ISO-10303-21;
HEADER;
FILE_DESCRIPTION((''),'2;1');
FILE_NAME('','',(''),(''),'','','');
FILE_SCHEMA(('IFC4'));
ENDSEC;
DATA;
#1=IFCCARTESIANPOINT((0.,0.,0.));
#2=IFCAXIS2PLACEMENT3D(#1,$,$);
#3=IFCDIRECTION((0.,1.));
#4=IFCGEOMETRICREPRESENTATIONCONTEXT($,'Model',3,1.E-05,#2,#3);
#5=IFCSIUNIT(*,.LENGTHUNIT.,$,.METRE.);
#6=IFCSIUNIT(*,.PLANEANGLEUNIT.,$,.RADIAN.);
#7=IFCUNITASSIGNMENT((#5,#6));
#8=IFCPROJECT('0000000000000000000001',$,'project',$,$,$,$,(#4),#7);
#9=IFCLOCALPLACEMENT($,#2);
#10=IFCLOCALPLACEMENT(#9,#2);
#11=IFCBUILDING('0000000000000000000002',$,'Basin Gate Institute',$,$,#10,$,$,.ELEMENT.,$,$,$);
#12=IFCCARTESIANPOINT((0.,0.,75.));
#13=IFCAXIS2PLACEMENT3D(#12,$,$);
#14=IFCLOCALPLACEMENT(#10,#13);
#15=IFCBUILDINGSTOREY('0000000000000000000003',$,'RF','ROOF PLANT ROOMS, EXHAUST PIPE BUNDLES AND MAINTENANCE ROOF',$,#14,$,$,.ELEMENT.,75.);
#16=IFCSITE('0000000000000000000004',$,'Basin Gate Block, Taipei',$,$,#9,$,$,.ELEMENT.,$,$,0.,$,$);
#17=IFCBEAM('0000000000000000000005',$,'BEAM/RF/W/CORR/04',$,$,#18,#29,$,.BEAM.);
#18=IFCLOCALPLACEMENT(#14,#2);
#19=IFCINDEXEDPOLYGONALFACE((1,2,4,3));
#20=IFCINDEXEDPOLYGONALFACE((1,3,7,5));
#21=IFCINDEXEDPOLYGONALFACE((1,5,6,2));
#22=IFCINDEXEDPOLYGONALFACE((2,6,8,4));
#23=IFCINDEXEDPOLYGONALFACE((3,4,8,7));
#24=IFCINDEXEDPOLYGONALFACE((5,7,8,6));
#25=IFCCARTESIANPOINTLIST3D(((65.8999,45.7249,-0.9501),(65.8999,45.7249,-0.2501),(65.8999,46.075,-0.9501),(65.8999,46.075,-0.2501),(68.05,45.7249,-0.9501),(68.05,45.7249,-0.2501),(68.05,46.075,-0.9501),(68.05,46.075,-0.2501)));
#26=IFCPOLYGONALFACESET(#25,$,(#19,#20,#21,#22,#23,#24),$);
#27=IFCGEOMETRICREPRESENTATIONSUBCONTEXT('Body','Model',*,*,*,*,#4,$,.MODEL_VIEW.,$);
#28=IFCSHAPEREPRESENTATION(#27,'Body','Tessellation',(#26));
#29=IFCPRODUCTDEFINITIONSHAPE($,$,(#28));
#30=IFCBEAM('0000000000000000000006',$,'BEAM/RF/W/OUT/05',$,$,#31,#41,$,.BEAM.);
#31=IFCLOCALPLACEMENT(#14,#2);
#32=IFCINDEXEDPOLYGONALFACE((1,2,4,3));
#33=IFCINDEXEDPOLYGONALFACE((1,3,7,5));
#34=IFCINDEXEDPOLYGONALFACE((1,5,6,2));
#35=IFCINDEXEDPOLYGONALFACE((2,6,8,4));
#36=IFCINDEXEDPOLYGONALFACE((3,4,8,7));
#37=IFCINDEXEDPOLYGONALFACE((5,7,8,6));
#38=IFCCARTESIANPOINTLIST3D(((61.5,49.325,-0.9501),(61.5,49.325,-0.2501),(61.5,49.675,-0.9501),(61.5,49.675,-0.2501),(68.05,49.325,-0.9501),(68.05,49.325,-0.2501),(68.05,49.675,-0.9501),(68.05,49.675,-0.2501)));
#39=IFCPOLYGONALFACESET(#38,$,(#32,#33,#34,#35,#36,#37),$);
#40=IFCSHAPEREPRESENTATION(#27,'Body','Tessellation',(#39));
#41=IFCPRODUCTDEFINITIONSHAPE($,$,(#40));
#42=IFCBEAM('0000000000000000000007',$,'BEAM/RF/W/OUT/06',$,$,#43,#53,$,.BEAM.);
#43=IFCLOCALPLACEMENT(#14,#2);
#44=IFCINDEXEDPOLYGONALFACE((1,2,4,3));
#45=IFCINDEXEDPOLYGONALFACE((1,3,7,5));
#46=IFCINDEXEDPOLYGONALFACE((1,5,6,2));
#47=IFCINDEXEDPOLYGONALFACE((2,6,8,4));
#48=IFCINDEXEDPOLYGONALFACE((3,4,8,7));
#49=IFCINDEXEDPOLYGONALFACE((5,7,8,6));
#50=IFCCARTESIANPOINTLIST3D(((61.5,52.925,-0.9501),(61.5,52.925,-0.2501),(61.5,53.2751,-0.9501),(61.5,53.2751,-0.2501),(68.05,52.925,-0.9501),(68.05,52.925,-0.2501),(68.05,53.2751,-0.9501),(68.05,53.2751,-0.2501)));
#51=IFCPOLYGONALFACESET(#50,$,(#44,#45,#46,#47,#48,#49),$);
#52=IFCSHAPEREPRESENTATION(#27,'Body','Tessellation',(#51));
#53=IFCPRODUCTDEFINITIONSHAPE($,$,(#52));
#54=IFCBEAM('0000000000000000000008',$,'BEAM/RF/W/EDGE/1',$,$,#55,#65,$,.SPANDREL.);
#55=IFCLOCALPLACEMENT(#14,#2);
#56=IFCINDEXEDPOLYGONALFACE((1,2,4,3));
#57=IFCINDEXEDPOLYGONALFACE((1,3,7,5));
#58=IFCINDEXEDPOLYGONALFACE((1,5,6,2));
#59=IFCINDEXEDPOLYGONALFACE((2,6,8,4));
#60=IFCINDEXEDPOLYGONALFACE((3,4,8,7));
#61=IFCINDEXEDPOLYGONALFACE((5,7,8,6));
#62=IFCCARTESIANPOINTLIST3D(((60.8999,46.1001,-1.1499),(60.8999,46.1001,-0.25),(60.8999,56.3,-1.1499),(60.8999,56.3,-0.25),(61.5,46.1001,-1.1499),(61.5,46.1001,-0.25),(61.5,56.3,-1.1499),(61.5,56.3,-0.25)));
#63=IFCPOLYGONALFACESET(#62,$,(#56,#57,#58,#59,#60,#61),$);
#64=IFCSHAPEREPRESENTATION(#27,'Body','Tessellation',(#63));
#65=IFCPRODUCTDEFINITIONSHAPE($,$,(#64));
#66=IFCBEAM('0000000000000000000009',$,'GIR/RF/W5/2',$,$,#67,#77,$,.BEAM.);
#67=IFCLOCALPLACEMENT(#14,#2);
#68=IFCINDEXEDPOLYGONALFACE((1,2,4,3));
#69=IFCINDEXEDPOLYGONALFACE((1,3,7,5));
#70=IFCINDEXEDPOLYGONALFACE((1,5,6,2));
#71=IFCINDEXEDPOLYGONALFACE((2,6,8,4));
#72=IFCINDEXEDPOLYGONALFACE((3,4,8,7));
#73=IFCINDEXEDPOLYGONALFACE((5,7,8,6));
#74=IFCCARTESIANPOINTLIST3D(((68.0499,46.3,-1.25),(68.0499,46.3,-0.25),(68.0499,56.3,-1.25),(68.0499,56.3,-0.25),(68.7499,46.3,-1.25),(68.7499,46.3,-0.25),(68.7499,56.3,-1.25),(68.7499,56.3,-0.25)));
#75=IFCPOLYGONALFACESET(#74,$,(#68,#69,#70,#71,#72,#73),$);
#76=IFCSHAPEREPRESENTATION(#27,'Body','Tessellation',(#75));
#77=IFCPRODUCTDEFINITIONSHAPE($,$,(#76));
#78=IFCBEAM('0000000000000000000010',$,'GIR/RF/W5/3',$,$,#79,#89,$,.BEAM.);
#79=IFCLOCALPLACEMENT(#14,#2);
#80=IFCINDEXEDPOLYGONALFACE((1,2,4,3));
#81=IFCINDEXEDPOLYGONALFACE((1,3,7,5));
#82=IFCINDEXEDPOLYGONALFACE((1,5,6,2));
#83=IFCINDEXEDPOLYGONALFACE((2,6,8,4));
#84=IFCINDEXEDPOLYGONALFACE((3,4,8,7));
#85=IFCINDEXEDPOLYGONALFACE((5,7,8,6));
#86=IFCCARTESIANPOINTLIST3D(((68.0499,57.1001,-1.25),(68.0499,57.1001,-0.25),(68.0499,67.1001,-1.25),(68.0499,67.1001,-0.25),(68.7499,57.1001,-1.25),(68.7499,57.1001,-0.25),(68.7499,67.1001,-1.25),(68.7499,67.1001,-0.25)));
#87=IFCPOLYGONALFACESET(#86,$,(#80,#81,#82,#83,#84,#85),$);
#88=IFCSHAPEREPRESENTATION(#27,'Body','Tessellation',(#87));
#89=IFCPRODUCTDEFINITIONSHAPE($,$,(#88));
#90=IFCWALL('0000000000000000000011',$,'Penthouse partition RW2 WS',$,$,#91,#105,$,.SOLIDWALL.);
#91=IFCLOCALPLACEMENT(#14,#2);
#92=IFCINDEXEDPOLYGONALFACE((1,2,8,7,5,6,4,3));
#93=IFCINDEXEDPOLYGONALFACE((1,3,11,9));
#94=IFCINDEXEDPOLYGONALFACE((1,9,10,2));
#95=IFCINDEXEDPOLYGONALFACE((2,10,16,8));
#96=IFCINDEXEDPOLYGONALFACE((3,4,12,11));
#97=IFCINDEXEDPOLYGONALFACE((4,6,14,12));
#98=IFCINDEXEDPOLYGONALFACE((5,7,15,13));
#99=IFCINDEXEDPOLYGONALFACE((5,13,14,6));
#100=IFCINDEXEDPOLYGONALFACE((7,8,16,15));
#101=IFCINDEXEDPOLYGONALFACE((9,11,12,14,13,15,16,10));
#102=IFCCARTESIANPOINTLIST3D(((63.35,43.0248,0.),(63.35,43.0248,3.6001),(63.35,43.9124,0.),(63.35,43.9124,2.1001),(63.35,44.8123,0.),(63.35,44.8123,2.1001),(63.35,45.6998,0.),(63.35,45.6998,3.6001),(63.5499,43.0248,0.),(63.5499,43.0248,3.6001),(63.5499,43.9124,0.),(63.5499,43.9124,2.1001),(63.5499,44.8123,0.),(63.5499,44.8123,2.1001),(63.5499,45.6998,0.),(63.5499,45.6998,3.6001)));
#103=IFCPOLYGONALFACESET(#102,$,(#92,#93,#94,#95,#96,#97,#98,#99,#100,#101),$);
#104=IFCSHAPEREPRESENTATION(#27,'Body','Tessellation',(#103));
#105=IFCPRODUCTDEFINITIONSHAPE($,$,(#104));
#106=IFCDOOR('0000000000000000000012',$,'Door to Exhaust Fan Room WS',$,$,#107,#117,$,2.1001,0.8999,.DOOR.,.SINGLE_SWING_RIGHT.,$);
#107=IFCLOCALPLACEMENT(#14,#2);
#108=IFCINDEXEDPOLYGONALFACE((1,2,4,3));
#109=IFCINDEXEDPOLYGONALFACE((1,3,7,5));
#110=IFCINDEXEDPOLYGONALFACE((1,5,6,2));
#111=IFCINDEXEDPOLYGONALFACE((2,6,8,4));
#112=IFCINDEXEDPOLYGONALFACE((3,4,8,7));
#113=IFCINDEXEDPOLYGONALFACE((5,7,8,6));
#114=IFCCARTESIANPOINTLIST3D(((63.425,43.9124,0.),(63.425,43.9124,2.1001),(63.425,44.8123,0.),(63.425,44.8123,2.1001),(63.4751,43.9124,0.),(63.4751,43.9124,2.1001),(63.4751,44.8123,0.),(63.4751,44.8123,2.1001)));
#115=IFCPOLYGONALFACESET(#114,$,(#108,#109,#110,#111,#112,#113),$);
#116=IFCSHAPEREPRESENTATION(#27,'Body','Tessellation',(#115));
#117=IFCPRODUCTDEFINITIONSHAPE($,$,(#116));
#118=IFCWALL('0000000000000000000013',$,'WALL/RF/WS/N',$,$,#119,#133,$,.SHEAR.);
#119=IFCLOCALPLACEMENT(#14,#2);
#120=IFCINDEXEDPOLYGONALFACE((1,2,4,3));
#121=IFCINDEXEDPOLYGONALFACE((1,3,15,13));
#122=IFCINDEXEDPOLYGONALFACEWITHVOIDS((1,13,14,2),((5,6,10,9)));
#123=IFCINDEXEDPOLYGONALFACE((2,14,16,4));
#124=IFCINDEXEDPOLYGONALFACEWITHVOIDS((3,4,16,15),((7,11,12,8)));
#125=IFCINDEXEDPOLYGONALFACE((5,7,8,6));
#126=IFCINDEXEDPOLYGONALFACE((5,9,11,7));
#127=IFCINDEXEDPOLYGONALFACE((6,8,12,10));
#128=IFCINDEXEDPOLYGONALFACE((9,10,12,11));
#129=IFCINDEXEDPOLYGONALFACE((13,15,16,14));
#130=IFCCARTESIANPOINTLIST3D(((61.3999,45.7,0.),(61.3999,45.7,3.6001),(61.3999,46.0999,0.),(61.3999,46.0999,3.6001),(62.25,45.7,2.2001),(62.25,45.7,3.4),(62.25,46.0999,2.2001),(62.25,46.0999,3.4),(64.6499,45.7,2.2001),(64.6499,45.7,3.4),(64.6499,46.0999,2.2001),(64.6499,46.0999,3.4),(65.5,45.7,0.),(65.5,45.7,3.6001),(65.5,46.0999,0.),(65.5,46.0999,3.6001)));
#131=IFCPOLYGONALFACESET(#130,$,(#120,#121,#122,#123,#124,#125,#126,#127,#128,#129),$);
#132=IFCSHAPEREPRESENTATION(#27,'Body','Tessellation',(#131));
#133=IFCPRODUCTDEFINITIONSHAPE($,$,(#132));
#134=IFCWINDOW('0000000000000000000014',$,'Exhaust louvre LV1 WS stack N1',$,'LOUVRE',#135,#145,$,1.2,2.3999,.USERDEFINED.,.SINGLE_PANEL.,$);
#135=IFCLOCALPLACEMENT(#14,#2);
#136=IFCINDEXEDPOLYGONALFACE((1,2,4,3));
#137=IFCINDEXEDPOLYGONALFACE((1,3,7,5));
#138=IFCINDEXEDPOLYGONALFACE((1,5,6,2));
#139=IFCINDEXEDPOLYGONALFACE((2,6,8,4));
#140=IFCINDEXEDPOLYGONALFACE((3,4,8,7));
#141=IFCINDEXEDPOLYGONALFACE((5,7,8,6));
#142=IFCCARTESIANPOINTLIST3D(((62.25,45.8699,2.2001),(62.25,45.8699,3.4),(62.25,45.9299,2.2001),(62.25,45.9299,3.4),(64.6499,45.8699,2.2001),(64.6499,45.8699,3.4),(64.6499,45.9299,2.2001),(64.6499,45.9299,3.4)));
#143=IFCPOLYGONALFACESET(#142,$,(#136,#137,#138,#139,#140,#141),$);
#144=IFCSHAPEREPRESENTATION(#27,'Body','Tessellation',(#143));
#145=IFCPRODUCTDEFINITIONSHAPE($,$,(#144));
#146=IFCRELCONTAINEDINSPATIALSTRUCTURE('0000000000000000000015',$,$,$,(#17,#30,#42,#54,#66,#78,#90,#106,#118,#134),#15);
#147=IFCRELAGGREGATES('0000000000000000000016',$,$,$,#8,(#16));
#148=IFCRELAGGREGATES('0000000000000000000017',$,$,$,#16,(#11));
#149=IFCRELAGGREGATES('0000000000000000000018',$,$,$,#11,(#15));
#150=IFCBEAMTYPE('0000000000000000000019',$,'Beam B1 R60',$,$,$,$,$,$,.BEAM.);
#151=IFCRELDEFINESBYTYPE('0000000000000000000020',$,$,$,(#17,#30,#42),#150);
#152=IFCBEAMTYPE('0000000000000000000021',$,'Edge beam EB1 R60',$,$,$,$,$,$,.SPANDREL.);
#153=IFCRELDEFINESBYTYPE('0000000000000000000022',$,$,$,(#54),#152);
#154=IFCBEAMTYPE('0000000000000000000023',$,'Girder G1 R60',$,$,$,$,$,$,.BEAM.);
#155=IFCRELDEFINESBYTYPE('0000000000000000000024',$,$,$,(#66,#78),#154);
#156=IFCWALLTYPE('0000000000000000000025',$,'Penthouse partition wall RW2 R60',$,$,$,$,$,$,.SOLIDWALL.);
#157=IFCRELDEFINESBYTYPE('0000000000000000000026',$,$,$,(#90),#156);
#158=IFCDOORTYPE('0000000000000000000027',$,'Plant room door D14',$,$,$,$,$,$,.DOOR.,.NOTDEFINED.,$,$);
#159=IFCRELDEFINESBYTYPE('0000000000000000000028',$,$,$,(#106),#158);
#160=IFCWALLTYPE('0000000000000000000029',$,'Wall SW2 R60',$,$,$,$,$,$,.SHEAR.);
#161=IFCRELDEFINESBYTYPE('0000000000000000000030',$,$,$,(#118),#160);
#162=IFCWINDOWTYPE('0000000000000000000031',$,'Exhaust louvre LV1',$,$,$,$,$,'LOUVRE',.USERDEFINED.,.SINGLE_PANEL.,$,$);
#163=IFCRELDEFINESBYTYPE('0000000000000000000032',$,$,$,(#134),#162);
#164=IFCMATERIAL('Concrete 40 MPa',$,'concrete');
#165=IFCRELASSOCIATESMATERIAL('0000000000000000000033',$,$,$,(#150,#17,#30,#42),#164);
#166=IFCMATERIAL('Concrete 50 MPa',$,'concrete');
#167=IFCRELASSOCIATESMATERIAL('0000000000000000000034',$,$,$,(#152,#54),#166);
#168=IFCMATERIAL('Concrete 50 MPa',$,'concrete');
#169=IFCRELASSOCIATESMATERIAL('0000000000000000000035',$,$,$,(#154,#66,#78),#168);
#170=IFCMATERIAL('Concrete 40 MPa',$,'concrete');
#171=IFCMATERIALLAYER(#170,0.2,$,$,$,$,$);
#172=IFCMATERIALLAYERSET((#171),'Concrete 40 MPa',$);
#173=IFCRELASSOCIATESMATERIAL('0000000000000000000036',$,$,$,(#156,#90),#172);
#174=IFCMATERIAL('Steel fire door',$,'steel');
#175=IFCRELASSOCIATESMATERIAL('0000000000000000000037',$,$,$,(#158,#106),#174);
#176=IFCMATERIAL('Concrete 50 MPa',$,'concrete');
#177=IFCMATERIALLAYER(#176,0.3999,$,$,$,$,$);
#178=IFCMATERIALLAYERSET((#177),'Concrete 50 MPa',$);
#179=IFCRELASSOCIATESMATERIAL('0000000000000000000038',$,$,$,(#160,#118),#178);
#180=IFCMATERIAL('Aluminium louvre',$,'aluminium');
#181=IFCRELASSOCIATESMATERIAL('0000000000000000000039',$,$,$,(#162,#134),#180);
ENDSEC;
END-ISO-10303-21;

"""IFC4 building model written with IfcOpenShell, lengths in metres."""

from ifc_helpers import new_model, si_unit, direction, frame, frame_2d, origin, origin_2d, place, context, subcontext, project, spatial, rectangle, extrude, material, layer, layer_set, material_profile, profile_set, type_object, element, fill, save


model = new_model("IFC4")

# Units and contexts
model_context = context("Model", 3, precision=1e-05, world=origin(), true_north=direction((0.0, 1.0)))
body_context = subcontext(model_context, "Body", "Model", "MODEL_VIEW")
ifc_project = project(units=[si_unit("LENGTHUNIT", "METRE"), si_unit("PLANEANGLEUNIT", "RADIAN")], contexts=[model_context])

# Site, building, storey
site_placement = place(None, origin())
site = spatial("IfcSite", under=ifc_project, at=site_placement, Name="Basin Gate Block, Taipei", CompositionType="ELEMENT", RefElevation=0.0)
building_placement = place(site_placement, origin())
building = spatial("IfcBuilding", under=site, at=building_placement, Name="Basin Gate Institute", CompositionType="ELEMENT")
storey_placement = place(building_placement, frame((0.0, 0.0, 75.0)))
storey = spatial("IfcBuildingStorey", under=building, at=storey_placement, Name="RF", Description="ROOF PLANT ROOMS, EXHAUST PIPE BUNDLES AND MAINTENANCE ROOF", CompositionType="ELEMENT", Elevation=75.0)

# Beams
ifc_material_1 = material(Name="Concrete 40 MPa", Category="concrete")
ifc_material_profile_1 = material_profile(ifc_material_1, rectangle(XDim=0.3501, YDim=0.7, at=origin_2d()), Name="Beam B1 350 x 700")
ifc_profile_set_1 = profile_set([ifc_material_profile_1], Name="Concrete 40 MPa")
beam_type_1 = type_object("IfcBeamType", Name="Beam B1 R60", PredefinedType="BEAM", material=ifc_profile_set_1)
beam_1_placement = place(storey_placement, frame((65.8999, 45.8999, -0.6001), z_axis=(1.0, 0.0, 0.0), x_axis=(0.0, 1.0, 0.0)))
element("IfcBeam", 1, at=beam_1_placement, inside=storey, type_object=beam_type_1, material=ifc_profile_set_1, Name="BEAM/RF/W/CORR/04", PredefinedType="BEAM", context=body_context, shape_type="SweptSolid", body=[
    extrude(rectangle(XDim=0.3501, YDim=0.7, at=origin_2d()), origin(), (0.0, 0.0, 1.0), 2.1501),
])
for number, where, z_axis, x_axis, name in (
    (2, (61.5, 49.5, -0.6001), (1.0, 0.0, 0.0), (0.0, 1.0, 0.0), "BEAM/RF/W/OUT/05"),
    (3, (61.5, 53.1001, -0.6001), (1.0, 0.0, 0.0), (0.0, 1.0, 0.0), "BEAM/RF/W/OUT/06"),
):
    element("IfcBeam", number, at=place(storey_placement, frame(where, z_axis=z_axis, x_axis=x_axis)), inside=storey, type_object=beam_type_1, material=ifc_profile_set_1, Name=name, PredefinedType="BEAM", context=body_context, shape_type="SweptSolid", body=[
        extrude(rectangle(XDim=0.3501, YDim=0.7, at=origin_2d()), origin(), (0.0, 0.0, 1.0), 6.55),
    ])
ifc_material_2 = material(Name="Concrete 50 MPa", Category="concrete")
ifc_material_profile_2 = material_profile(ifc_material_2, rectangle(XDim=0.6001, YDim=0.8999, at=origin_2d()), Name="Edge beam EB1 600 x 900")
ifc_profile_set_2 = profile_set([ifc_material_profile_2], Name="Concrete 50 MPa")
beam_type_2 = type_object("IfcBeamType", Name="Edge beam EB1 R60", PredefinedType="SPANDREL", material=ifc_profile_set_2)
beam_2_placement = place(storey_placement, frame((61.2, 46.1001, -0.7), z_axis=(0.0, 1.0, 0.0), x_axis=(-1.0, 0.0, 0.0)))
element("IfcBeam", 4, at=beam_2_placement, inside=storey, type_object=beam_type_2, material=ifc_profile_set_2, Name="BEAM/RF/W/EDGE/1", PredefinedType="SPANDREL", context=body_context, shape_type="SweptSolid", body=[
    extrude(rectangle(XDim=0.6001, YDim=0.8999, at=origin_2d()), origin(), (0.0, 0.0, 1.0), 10.2),
])
ifc_material_3 = material(Name="Concrete 50 MPa", Category="concrete")
ifc_material_profile_3 = material_profile(ifc_material_3, rectangle(XDim=0.7, YDim=1.0, at=origin_2d()), Name="Girder G1 700 x 1000")
ifc_profile_set_3 = profile_set([ifc_material_profile_3], Name="Concrete 50 MPa")
beam_type_3 = type_object("IfcBeamType", Name="Girder G1 R60", PredefinedType="BEAM", material=ifc_profile_set_3)
for number, where, z_axis, x_axis, name in (
    (5, (68.3999, 46.3, -0.75), (0.0, 1.0, 0.0), (-1.0, 0.0, 0.0), "GIR/RF/W5/2"),
    (6, (68.3999, 57.1001, -0.75), (0.0, 1.0, 0.0), (-1.0, 0.0, 0.0), "GIR/RF/W5/3"),
):
    element("IfcBeam", number, at=place(storey_placement, frame(where, z_axis=z_axis, x_axis=x_axis)), inside=storey, type_object=beam_type_3, material=ifc_profile_set_3, Name=name, PredefinedType="BEAM", context=body_context, shape_type="SweptSolid", body=[
        extrude(rectangle(XDim=0.7, YDim=1.0, at=origin_2d()), origin(), (0.0, 0.0, 1.0), 10.0),
    ])

# Wall, opening, door
ifc_material_4 = material(Name="Concrete 40 MPa", Category="concrete")
ifc_layer_1 = layer(ifc_material_4, 0.2)
ifc_layer_set_1 = layer_set([ifc_layer_1], Name="Concrete 40 MPa")
wall_type_1 = type_object("IfcWallType", Name="Penthouse partition wall RW2 R60", PredefinedType="SOLIDWALL", material=ifc_layer_set_1)
wall_1_placement = place(storey_placement, frame((63.45, 43.0249, 0.0), z_axis=(0.0, 0.0, 1.0), x_axis=(0.0, 1.0, 0.0)))
wall_1 = element("IfcWall", 7, at=wall_1_placement, inside=storey, type_object=wall_type_1, material=ifc_layer_set_1, Name="Penthouse partition RW2 WS", PredefinedType="SOLIDWALL", context=body_context, shape_type="SweptSolid", body=[
    extrude(rectangle(XDim=2.675, YDim=0.2, at=frame_2d((1.3374, 0.0))), origin(), (0.0, 0.0, 1.0), 3.6001),
])
opening_1_placement = place(wall_1_placement, frame((0.8875, 0.0, 0.0)))
opening_1 = element("IfcOpeningElement", 8, at=opening_1_placement, cuts=wall_1, PredefinedType="OPENING", context=body_context, shape_type="SweptSolid", body=[
    extrude(rectangle(XDim=0.8999, YDim=2.1001, at=frame_2d((0.45, 1.05))), frame((0.0, 0.1099, 0.0), z_axis=(0.0, -1.0, 0.0), x_axis=(1.0, 0.0, 0.0)), (0.0, 0.0, 1.0), 0.22),
])
ifc_material_5 = material(Name="Steel fire door", Category="steel")
door_type = type_object("IfcDoorType", Name="Plant room door D14", OperationType="NOTDEFINED", PredefinedType="DOOR", material=ifc_material_5)
door_placement = place(opening_1_placement, origin())
door = element("IfcDoor", 9, at=door_placement, inside=storey, type_object=door_type, material=ifc_material_5, Name="Door to Exhaust Fan Room WS", OperationType="SINGLE_SWING_RIGHT", OverallHeight=2.1001, OverallWidth=0.8999, PredefinedType="DOOR", context=body_context, shape_type="SweptSolid", body=[
    extrude(rectangle(XDim=0.8999, YDim=2.1001, at=frame_2d((0.45, 1.05))), frame((0.0, 0.0249, 0.0), z_axis=(0.0, -1.0, 0.0), x_axis=(1.0, 0.0, 0.0)), (0.0, 0.0, 1.0), 0.05),
])
fill(opening_1, door)

# Wall, opening, window
ifc_material_6 = material(Name="Concrete 50 MPa", Category="concrete")
ifc_layer_2 = layer(ifc_material_6, 0.3999)
ifc_layer_set_2 = layer_set([ifc_layer_2], Name="Concrete 50 MPa")
wall_type_2 = type_object("IfcWallType", Name="Wall SW2 R60", PredefinedType="SHEAR", material=ifc_layer_set_2)
wall_2_placement = place(storey_placement, frame((61.3999, 45.8999, 0.0), z_axis=(0.0, 0.0, 1.0), x_axis=(1.0, 0.0, 0.0)))
wall_2 = element("IfcWall", 10, at=wall_2_placement, inside=storey, type_object=wall_type_2, material=ifc_layer_set_2, Name="WALL/RF/WS/N", PredefinedType="SHEAR", context=body_context, shape_type="SweptSolid", body=[
    extrude(rectangle(XDim=4.1001, YDim=0.3999, at=frame_2d((2.05, 0.0))), origin(), (0.0, 0.0, 1.0), 3.6001),
])
opening_2_placement = place(wall_2_placement, frame((0.8501, 0.0, 2.2)))
opening_2 = element("IfcOpeningElement", 11, at=opening_2_placement, cuts=wall_2, PredefinedType="OPENING", context=body_context, shape_type="SweptSolid", body=[
    extrude(rectangle(XDim=2.3999, YDim=1.2, at=frame_2d((1.2, 0.6001))), frame((0.0, 0.21, 0.0), z_axis=(0.0, -1.0, 0.0), x_axis=(1.0, 0.0, 0.0)), (0.0, 0.0, 1.0), 0.4199),
])
ifc_material_7 = material(Name="Aluminium louvre", Category="aluminium")
window_type = type_object("IfcWindowType", Name="Exhaust louvre LV1", ElementType="LOUVRE", PartitioningType="SINGLE_PANEL", PredefinedType="USERDEFINED", material=ifc_material_7)
window_placement = place(opening_2_placement, origin())
window = element("IfcWindow", 12, at=window_placement, inside=storey, type_object=window_type, material=ifc_material_7, Name="Exhaust louvre LV1 WS stack N1", ObjectType="LOUVRE", OverallHeight=1.2, OverallWidth=2.3999, PartitioningType="SINGLE_PANEL", PredefinedType="USERDEFINED", context=body_context, shape_type="SweptSolid", body=[
    extrude(rectangle(XDim=2.3999, YDim=1.2, at=frame_2d((1.2, 0.6001))), frame((0.0, 0.03, 0.0), z_axis=(0.0, -1.0, 0.0), x_axis=(1.0, 0.0, 0.0)), (0.0, 0.0, 1.0), 0.0601),
])
fill(opening_2, window)

save(model, "model.ifc")
